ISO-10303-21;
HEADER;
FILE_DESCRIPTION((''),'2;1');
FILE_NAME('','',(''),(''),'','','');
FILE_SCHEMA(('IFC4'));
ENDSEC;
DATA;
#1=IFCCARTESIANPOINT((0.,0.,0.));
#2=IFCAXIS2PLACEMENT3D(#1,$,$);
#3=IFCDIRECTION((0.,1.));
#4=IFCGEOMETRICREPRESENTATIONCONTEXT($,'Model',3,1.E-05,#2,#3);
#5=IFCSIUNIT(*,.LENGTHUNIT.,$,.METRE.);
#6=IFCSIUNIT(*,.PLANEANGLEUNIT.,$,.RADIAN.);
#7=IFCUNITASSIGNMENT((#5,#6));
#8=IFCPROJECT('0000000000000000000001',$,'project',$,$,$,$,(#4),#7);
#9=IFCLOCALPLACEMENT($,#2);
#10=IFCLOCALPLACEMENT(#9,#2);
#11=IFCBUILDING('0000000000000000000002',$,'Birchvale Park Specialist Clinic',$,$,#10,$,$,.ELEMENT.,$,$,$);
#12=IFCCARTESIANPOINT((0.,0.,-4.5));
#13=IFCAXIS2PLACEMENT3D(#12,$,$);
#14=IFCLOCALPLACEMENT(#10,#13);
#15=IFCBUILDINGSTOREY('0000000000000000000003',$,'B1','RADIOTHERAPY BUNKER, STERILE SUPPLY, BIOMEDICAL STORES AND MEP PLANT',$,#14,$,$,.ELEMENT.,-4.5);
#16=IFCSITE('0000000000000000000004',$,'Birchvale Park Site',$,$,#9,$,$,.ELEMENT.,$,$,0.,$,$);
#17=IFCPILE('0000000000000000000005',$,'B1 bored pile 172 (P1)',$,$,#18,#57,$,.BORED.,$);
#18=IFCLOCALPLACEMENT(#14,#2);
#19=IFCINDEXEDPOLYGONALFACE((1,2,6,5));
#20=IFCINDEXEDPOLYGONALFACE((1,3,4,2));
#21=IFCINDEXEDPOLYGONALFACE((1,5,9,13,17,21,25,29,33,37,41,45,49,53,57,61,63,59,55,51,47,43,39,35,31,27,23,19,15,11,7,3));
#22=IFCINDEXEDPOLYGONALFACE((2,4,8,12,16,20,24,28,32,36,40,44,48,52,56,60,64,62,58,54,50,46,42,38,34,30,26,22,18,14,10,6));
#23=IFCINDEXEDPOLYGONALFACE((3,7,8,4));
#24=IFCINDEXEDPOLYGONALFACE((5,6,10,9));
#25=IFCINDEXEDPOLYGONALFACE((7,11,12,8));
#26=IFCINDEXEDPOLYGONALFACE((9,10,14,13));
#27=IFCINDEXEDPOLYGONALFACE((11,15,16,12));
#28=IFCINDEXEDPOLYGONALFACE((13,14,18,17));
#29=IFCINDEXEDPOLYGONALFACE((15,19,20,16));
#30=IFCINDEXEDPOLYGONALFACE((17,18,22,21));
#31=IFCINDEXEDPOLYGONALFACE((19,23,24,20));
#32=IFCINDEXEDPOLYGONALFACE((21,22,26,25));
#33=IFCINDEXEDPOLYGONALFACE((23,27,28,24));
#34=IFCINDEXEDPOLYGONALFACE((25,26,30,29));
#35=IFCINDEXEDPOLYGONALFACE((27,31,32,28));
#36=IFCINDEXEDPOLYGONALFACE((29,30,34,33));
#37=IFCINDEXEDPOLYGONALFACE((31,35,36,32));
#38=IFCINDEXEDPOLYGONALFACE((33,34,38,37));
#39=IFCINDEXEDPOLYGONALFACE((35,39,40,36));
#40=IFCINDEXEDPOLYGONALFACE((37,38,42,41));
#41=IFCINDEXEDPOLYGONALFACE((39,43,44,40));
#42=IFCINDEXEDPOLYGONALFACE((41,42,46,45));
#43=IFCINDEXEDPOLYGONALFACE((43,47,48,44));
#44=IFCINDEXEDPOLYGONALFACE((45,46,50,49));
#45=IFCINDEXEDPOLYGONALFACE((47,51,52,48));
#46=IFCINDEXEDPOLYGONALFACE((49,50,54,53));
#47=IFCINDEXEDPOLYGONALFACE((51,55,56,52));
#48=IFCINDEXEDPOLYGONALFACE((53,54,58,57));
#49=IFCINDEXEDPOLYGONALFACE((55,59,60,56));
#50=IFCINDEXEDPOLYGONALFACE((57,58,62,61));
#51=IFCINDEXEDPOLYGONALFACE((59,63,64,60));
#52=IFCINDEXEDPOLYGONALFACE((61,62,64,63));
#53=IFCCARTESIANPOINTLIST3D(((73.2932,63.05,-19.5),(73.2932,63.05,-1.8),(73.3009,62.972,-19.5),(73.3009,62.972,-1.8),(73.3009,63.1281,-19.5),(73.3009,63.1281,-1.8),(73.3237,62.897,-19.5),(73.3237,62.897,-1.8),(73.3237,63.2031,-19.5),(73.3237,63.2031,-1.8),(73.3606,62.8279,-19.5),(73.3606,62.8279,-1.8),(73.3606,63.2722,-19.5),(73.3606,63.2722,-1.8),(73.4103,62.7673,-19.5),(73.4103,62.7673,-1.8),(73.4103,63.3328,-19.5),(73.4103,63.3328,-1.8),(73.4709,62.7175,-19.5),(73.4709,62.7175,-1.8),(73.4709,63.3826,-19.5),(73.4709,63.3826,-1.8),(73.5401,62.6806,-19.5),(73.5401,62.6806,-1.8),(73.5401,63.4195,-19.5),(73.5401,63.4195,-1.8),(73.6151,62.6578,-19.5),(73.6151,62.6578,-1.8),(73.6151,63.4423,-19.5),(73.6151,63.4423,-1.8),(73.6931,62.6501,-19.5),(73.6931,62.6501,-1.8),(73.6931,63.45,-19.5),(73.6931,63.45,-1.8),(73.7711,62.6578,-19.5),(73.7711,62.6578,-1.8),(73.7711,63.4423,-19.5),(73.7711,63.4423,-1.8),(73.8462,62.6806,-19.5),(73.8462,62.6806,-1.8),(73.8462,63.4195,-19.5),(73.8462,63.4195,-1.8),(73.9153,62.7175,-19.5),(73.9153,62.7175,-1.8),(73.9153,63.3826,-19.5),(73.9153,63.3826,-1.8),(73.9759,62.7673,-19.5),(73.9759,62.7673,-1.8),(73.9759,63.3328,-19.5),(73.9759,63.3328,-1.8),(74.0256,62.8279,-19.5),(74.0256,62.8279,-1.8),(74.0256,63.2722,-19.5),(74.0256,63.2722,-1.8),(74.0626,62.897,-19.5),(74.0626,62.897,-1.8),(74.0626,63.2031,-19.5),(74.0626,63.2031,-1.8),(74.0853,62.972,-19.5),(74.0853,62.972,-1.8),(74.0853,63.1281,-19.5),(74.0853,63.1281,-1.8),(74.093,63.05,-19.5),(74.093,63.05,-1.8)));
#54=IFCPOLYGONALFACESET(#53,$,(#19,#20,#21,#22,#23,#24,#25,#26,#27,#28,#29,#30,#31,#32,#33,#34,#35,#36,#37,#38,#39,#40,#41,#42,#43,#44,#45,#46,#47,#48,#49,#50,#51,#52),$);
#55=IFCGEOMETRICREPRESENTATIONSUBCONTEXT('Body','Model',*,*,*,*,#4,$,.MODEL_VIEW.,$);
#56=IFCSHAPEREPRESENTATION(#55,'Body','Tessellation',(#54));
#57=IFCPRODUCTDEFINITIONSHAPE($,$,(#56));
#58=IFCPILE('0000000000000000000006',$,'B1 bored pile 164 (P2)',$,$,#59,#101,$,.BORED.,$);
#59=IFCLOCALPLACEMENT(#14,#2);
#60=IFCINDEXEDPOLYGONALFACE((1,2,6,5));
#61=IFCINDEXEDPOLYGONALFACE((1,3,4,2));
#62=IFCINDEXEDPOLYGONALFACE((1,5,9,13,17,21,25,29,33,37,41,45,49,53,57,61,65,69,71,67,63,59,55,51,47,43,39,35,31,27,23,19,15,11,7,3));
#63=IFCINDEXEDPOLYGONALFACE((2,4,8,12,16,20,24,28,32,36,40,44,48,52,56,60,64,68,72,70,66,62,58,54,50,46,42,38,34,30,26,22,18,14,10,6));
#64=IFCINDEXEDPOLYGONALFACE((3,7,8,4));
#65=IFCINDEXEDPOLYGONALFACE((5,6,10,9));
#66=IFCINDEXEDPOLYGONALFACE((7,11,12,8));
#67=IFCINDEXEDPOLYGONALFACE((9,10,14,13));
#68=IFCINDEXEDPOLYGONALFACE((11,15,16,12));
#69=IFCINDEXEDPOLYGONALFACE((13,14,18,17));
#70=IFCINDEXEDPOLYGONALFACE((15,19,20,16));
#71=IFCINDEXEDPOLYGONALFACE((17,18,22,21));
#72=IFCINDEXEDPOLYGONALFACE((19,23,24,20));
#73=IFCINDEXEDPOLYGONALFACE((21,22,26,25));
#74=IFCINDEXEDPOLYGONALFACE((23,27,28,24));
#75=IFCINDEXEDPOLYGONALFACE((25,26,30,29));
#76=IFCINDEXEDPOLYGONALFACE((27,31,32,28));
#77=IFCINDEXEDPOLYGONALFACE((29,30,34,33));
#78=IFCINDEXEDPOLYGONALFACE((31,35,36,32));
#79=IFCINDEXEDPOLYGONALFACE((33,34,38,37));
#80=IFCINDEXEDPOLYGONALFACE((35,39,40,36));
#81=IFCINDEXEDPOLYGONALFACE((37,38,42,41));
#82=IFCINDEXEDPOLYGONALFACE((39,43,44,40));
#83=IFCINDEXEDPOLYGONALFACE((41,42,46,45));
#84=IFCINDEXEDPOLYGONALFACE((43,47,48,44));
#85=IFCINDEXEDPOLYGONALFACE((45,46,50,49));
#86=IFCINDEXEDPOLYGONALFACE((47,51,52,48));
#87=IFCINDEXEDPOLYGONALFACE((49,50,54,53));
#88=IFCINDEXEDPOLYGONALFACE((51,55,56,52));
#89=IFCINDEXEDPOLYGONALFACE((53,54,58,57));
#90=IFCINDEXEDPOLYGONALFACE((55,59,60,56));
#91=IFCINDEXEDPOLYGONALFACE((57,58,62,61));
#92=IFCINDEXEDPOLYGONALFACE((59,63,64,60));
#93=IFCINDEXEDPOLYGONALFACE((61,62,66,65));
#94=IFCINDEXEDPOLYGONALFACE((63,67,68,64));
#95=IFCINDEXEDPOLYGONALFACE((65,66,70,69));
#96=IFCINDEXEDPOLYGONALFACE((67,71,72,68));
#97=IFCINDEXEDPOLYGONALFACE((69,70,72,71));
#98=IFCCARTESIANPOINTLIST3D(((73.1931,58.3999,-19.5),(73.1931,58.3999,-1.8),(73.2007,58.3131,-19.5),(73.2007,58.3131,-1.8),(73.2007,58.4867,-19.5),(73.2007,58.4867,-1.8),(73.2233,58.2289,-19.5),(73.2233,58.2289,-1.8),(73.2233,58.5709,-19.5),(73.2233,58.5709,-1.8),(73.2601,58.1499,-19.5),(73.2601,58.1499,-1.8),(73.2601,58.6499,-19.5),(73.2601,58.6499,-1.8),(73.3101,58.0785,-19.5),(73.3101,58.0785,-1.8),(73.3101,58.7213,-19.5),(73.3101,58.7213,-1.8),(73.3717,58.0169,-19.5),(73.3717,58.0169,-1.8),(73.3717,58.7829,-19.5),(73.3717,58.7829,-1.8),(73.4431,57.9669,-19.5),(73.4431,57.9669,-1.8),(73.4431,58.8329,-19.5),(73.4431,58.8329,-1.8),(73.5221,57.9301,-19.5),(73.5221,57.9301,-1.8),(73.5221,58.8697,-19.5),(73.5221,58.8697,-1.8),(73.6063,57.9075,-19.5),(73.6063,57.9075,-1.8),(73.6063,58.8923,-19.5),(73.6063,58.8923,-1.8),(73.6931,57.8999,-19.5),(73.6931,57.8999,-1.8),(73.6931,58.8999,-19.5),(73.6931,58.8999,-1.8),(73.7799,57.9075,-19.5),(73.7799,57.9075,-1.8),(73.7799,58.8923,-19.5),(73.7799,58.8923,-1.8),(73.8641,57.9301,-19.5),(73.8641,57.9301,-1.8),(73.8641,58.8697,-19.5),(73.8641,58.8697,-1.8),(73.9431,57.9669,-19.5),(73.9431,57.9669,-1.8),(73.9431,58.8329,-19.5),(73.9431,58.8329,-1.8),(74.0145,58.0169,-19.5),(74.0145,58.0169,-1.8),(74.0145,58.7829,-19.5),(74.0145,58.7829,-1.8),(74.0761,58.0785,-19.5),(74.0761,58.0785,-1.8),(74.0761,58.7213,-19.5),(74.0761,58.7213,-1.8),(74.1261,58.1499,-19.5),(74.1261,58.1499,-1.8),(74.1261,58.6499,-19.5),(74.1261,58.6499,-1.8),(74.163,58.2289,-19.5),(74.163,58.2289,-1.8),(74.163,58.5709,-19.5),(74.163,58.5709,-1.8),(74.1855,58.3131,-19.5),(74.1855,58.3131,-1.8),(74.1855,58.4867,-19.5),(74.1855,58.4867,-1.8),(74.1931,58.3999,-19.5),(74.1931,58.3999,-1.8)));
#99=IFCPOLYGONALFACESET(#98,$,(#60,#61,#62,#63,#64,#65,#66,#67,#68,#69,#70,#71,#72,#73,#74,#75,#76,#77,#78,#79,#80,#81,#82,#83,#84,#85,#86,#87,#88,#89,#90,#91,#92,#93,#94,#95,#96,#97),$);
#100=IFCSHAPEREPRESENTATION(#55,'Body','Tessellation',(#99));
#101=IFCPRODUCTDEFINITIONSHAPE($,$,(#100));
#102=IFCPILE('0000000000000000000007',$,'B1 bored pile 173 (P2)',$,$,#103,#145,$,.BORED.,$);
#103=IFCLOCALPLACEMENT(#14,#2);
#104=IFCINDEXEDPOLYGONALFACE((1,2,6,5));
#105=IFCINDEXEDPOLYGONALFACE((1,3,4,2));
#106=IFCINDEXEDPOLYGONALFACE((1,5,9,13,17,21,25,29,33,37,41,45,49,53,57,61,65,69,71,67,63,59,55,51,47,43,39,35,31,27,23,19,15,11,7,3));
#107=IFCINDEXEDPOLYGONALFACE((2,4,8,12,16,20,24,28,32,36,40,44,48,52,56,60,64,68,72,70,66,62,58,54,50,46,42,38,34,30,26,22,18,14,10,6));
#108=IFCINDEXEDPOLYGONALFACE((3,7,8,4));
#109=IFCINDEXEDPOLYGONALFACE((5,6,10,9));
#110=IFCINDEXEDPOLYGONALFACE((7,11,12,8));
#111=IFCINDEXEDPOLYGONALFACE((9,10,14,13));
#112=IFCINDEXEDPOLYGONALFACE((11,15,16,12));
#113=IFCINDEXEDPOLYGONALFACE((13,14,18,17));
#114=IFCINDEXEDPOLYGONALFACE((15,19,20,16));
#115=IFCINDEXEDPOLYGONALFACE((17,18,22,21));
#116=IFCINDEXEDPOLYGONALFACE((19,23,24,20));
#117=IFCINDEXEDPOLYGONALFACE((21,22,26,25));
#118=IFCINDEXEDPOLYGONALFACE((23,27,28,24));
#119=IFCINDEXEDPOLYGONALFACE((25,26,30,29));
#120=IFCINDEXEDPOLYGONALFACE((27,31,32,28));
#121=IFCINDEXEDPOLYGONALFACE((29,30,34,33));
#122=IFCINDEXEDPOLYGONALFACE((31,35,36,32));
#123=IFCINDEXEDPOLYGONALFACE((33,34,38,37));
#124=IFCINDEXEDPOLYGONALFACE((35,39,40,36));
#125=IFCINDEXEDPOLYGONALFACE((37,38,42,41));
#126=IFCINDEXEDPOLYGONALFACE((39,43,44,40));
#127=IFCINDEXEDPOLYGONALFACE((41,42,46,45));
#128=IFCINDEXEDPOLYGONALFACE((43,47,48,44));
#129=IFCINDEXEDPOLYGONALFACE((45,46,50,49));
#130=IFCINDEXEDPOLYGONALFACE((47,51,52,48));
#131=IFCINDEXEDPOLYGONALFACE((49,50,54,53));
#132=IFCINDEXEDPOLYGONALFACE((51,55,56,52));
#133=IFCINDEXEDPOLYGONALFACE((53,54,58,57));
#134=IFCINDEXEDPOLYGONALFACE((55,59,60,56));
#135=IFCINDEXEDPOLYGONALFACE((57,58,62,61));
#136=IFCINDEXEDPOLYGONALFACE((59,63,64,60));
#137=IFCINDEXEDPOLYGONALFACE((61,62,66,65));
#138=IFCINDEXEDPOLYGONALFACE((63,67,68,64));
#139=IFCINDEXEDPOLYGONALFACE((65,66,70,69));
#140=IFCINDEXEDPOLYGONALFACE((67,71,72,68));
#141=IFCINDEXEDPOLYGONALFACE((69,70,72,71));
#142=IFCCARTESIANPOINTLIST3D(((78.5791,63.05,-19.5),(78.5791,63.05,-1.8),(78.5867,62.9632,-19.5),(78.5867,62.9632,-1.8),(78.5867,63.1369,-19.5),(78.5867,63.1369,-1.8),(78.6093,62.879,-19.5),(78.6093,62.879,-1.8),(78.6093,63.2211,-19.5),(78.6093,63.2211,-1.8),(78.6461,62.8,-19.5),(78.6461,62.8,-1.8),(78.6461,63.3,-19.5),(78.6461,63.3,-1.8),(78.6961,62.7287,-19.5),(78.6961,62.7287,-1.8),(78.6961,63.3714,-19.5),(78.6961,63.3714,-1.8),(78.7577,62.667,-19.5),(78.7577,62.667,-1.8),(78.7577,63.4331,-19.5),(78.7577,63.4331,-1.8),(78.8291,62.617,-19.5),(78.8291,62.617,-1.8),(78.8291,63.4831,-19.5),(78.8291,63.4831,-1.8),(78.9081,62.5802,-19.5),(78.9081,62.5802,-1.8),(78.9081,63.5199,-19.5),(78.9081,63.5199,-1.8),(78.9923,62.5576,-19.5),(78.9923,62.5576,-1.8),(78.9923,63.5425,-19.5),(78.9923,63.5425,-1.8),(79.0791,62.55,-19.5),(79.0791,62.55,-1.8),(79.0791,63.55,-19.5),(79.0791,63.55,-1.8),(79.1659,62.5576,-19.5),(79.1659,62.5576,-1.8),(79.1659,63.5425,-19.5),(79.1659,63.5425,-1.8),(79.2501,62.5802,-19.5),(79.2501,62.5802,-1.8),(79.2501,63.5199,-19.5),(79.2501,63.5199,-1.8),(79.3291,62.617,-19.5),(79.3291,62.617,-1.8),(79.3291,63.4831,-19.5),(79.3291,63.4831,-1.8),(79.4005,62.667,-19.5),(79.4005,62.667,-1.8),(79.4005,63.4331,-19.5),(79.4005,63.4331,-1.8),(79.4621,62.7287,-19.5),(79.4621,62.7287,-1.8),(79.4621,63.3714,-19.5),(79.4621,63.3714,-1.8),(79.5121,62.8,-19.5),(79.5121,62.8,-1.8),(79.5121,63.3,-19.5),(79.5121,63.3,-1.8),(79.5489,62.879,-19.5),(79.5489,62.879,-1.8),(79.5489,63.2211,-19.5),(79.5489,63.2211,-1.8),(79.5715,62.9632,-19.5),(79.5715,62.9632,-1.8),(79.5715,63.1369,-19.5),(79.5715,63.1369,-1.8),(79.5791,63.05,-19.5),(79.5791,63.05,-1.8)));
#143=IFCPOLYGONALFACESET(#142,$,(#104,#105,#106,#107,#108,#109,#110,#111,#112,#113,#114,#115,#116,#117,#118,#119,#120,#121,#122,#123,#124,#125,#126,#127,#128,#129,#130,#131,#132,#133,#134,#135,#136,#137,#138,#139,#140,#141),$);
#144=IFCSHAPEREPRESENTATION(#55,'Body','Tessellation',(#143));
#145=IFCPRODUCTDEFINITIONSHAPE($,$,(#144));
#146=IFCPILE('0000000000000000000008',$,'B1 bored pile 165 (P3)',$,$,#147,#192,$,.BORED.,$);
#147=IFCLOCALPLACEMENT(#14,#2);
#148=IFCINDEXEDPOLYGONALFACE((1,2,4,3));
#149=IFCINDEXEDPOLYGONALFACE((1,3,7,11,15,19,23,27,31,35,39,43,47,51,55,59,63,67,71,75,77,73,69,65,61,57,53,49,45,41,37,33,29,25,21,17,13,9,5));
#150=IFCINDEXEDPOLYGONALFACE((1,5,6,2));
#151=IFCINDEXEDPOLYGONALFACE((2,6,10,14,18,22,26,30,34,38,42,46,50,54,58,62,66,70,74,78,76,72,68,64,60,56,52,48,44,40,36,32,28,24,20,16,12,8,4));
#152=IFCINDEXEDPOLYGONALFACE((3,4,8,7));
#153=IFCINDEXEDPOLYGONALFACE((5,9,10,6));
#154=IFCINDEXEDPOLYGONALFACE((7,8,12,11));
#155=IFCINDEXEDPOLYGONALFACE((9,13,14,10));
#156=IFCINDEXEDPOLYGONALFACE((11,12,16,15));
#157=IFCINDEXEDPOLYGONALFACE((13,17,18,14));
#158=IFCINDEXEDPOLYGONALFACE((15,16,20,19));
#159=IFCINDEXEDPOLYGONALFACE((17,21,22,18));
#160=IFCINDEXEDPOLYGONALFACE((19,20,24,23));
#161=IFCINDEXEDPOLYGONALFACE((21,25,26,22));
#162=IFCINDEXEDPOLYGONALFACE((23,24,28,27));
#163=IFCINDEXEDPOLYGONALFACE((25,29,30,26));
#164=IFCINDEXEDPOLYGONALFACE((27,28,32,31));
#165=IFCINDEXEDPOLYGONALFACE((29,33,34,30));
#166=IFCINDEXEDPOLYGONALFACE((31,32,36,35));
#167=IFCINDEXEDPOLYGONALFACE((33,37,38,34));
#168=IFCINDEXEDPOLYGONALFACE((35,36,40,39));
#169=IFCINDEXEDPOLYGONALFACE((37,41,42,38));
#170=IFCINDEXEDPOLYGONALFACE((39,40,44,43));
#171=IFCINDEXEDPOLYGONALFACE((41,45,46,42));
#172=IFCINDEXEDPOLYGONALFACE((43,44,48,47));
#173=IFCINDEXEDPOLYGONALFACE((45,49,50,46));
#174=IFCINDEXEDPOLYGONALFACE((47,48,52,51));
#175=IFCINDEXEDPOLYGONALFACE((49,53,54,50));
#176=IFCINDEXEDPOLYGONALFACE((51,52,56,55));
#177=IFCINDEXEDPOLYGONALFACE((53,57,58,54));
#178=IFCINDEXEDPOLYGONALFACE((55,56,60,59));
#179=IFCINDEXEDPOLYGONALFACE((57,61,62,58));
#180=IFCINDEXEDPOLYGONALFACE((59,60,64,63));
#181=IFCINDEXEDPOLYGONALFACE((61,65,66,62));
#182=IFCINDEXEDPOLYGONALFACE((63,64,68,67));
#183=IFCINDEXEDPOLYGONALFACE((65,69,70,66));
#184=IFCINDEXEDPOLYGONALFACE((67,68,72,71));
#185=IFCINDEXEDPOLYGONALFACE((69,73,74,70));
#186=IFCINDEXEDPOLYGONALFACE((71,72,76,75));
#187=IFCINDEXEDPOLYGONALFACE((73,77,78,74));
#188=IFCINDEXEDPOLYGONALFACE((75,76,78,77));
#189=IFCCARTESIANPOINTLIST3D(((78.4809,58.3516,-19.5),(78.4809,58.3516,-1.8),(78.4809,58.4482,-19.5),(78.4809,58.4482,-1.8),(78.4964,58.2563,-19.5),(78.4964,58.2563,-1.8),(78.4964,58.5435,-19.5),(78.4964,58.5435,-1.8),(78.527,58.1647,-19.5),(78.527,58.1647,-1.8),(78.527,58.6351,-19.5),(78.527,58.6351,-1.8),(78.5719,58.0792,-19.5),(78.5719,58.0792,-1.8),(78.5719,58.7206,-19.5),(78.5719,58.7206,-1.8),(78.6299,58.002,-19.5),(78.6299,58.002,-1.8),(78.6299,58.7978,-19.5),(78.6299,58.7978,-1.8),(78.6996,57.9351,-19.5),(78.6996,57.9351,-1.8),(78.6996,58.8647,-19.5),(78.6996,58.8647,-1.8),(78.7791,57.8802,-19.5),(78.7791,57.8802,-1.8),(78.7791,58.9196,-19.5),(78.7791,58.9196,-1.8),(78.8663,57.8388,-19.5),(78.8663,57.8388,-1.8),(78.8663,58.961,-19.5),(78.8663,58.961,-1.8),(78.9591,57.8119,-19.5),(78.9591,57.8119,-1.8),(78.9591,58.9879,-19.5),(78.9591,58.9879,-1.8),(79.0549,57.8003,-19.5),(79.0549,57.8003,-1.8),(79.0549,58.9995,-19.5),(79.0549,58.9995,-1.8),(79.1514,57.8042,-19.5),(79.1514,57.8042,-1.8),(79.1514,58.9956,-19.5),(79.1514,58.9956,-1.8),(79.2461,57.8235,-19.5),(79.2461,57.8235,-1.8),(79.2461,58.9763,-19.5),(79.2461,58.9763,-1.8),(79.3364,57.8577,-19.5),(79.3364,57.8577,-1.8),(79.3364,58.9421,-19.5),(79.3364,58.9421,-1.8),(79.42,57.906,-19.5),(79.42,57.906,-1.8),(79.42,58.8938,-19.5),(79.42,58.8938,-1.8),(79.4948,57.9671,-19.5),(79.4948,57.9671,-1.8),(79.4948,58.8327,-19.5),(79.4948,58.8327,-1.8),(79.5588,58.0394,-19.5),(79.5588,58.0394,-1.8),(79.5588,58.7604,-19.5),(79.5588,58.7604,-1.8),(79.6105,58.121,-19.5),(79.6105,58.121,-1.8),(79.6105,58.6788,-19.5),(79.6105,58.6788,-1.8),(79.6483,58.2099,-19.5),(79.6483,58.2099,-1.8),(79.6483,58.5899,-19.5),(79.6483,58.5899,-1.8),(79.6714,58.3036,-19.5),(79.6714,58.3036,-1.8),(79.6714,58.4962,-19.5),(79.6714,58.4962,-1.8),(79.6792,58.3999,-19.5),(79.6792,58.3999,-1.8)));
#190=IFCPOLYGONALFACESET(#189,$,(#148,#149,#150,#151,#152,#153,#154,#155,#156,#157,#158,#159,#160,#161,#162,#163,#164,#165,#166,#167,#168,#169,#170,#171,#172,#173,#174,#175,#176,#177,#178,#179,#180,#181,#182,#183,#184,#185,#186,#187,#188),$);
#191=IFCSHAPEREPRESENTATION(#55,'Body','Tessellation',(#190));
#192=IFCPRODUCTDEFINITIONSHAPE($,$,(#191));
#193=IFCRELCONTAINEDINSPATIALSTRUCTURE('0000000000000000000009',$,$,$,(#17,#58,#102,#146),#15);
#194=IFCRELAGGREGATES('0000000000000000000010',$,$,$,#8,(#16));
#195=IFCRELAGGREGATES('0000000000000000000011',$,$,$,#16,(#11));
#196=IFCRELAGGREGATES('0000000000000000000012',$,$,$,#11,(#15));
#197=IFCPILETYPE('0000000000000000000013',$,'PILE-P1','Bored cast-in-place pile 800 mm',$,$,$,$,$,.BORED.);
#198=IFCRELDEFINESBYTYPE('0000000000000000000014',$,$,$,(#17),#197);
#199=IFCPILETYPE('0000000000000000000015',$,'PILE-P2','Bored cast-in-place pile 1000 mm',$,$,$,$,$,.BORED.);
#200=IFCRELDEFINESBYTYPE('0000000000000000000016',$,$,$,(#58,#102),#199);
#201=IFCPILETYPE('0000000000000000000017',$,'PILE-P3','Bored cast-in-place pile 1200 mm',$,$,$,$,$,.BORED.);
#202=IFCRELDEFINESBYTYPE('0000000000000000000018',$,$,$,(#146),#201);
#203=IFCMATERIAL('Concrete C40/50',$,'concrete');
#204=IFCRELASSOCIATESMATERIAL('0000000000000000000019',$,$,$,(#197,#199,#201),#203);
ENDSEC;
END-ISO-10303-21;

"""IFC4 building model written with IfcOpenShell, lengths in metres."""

from ifc_helpers import new_model, si_unit, direction, frame, origin, origin_2d, place, context, subcontext, project, spatial, circle, extrude, material, material_profile, profile_set, type_object, element, save


model = new_model("IFC4")

# Units and contexts
model_context = context("Model", 3, precision=1e-05, world=origin(), true_north=direction((0.0, 1.0)))
body_context = subcontext(model_context, "Body", "Model", "MODEL_VIEW")
ifc_project = project(units=[si_unit("LENGTHUNIT", "METRE"), si_unit("PLANEANGLEUNIT", "RADIAN")], contexts=[model_context])

# Site, building, storey
site_placement = place(None, origin())
site = spatial("IfcSite", under=ifc_project, at=site_placement, Name="Birchvale Park Site", CompositionType="ELEMENT", RefElevation=0.0)
building_placement = place(site_placement, origin())
building = spatial("IfcBuilding", under=site, at=building_placement, Name="Birchvale Park Specialist Clinic", CompositionType="ELEMENT")
storey_placement = place(building_placement, frame((0.0, 0.0, -4.5)))
storey = spatial("IfcBuildingStorey", under=building, at=storey_placement, Name="B1", Description="RADIOTHERAPY BUNKER, STERILE SUPPLY, BIOMEDICAL STORES AND MEP PLANT", CompositionType="ELEMENT", Elevation=-4.5)

# Shared definitions
ifc_material_1 = material(Name="Concrete C40/50", Category="concrete")

# Piles
ifc_material_profile_1 = material_profile(ifc_material_1, circle(Radius=0.3999, at=origin_2d()), Name="PILE-800")
ifc_profile_set_1 = profile_set([ifc_material_profile_1], Name="Concrete C40/50")
pile_type_1 = type_object("IfcPileType", Name="PILE-P1", Description="Bored cast-in-place pile 800 mm", PredefinedType="BORED", material=ifc_profile_set_1)
for number, where, z_axis, x_axis, name in (
    (1, (73.6931, 63.05, -1.8), (0.0, 0.0, -1.0), (1.0, 0.0, 0.0), "B1 bored pile 172 (P1)"),
):
    element("IfcPile", number, at=place(storey_placement, frame(where, z_axis=z_axis, x_axis=x_axis)), inside=storey, type_object=pile_type_1, Name=name, PredefinedType="BORED", context=body_context, shape_type="SweptSolid", body=[
        extrude(circle(Radius=0.3999, at=origin_2d()), origin(), (0.0, 0.0, 1.0), 17.7),
    ])
ifc_material_profile_2 = material_profile(ifc_material_1, circle(Radius=0.5, at=origin_2d()), Name="PILE-1000")
ifc_profile_set_2 = profile_set([ifc_material_profile_2], Name="Concrete C40/50")
pile_type_2 = type_object("IfcPileType", Name="PILE-P2", Description="Bored cast-in-place pile 1000 mm", PredefinedType="BORED", material=ifc_profile_set_2)
for number, where, z_axis, x_axis, name in (
    (2, (73.6931, 58.3999, -1.8), (0.0, 0.0, -1.0), (1.0, 0.0, 0.0), "B1 bored pile 164 (P2)"),
    (3, (79.0791, 63.05, -1.8), (0.0, 0.0, -1.0), (1.0, 0.0, 0.0), "B1 bored pile 173 (P2)"),
):
    element("IfcPile", number, at=place(storey_placement, frame(where, z_axis=z_axis, x_axis=x_axis)), inside=storey, type_object=pile_type_2, Name=name, PredefinedType="BORED", context=body_context, shape_type="SweptSolid", body=[
        extrude(circle(Radius=0.5, at=origin_2d()), origin(), (0.0, 0.0, 1.0), 17.7),
    ])
ifc_material_profile_3 = material_profile(ifc_material_1, circle(Radius=0.6001, at=origin_2d()), Name="PILE-1200")
ifc_profile_set_3 = profile_set([ifc_material_profile_3], Name="Concrete C40/50")
pile_type_3 = type_object("IfcPileType", Name="PILE-P3", Description="Bored cast-in-place pile 1200 mm", PredefinedType="BORED", material=ifc_profile_set_3)
pile_placement = place(storey_placement, frame((79.0791, 58.3999, -1.8), z_axis=(0.0, 0.0, -1.0), x_axis=(1.0, 0.0, 0.0)))
element("IfcPile", 4, at=pile_placement, inside=storey, type_object=pile_type_3, Name="B1 bored pile 165 (P3)", PredefinedType="BORED", context=body_context, shape_type="SweptSolid", body=[
    extrude(circle(Radius=0.6001, at=origin_2d()), origin(), (0.0, 0.0, 1.0), 17.7),
])

save(model, "model.ifc")
